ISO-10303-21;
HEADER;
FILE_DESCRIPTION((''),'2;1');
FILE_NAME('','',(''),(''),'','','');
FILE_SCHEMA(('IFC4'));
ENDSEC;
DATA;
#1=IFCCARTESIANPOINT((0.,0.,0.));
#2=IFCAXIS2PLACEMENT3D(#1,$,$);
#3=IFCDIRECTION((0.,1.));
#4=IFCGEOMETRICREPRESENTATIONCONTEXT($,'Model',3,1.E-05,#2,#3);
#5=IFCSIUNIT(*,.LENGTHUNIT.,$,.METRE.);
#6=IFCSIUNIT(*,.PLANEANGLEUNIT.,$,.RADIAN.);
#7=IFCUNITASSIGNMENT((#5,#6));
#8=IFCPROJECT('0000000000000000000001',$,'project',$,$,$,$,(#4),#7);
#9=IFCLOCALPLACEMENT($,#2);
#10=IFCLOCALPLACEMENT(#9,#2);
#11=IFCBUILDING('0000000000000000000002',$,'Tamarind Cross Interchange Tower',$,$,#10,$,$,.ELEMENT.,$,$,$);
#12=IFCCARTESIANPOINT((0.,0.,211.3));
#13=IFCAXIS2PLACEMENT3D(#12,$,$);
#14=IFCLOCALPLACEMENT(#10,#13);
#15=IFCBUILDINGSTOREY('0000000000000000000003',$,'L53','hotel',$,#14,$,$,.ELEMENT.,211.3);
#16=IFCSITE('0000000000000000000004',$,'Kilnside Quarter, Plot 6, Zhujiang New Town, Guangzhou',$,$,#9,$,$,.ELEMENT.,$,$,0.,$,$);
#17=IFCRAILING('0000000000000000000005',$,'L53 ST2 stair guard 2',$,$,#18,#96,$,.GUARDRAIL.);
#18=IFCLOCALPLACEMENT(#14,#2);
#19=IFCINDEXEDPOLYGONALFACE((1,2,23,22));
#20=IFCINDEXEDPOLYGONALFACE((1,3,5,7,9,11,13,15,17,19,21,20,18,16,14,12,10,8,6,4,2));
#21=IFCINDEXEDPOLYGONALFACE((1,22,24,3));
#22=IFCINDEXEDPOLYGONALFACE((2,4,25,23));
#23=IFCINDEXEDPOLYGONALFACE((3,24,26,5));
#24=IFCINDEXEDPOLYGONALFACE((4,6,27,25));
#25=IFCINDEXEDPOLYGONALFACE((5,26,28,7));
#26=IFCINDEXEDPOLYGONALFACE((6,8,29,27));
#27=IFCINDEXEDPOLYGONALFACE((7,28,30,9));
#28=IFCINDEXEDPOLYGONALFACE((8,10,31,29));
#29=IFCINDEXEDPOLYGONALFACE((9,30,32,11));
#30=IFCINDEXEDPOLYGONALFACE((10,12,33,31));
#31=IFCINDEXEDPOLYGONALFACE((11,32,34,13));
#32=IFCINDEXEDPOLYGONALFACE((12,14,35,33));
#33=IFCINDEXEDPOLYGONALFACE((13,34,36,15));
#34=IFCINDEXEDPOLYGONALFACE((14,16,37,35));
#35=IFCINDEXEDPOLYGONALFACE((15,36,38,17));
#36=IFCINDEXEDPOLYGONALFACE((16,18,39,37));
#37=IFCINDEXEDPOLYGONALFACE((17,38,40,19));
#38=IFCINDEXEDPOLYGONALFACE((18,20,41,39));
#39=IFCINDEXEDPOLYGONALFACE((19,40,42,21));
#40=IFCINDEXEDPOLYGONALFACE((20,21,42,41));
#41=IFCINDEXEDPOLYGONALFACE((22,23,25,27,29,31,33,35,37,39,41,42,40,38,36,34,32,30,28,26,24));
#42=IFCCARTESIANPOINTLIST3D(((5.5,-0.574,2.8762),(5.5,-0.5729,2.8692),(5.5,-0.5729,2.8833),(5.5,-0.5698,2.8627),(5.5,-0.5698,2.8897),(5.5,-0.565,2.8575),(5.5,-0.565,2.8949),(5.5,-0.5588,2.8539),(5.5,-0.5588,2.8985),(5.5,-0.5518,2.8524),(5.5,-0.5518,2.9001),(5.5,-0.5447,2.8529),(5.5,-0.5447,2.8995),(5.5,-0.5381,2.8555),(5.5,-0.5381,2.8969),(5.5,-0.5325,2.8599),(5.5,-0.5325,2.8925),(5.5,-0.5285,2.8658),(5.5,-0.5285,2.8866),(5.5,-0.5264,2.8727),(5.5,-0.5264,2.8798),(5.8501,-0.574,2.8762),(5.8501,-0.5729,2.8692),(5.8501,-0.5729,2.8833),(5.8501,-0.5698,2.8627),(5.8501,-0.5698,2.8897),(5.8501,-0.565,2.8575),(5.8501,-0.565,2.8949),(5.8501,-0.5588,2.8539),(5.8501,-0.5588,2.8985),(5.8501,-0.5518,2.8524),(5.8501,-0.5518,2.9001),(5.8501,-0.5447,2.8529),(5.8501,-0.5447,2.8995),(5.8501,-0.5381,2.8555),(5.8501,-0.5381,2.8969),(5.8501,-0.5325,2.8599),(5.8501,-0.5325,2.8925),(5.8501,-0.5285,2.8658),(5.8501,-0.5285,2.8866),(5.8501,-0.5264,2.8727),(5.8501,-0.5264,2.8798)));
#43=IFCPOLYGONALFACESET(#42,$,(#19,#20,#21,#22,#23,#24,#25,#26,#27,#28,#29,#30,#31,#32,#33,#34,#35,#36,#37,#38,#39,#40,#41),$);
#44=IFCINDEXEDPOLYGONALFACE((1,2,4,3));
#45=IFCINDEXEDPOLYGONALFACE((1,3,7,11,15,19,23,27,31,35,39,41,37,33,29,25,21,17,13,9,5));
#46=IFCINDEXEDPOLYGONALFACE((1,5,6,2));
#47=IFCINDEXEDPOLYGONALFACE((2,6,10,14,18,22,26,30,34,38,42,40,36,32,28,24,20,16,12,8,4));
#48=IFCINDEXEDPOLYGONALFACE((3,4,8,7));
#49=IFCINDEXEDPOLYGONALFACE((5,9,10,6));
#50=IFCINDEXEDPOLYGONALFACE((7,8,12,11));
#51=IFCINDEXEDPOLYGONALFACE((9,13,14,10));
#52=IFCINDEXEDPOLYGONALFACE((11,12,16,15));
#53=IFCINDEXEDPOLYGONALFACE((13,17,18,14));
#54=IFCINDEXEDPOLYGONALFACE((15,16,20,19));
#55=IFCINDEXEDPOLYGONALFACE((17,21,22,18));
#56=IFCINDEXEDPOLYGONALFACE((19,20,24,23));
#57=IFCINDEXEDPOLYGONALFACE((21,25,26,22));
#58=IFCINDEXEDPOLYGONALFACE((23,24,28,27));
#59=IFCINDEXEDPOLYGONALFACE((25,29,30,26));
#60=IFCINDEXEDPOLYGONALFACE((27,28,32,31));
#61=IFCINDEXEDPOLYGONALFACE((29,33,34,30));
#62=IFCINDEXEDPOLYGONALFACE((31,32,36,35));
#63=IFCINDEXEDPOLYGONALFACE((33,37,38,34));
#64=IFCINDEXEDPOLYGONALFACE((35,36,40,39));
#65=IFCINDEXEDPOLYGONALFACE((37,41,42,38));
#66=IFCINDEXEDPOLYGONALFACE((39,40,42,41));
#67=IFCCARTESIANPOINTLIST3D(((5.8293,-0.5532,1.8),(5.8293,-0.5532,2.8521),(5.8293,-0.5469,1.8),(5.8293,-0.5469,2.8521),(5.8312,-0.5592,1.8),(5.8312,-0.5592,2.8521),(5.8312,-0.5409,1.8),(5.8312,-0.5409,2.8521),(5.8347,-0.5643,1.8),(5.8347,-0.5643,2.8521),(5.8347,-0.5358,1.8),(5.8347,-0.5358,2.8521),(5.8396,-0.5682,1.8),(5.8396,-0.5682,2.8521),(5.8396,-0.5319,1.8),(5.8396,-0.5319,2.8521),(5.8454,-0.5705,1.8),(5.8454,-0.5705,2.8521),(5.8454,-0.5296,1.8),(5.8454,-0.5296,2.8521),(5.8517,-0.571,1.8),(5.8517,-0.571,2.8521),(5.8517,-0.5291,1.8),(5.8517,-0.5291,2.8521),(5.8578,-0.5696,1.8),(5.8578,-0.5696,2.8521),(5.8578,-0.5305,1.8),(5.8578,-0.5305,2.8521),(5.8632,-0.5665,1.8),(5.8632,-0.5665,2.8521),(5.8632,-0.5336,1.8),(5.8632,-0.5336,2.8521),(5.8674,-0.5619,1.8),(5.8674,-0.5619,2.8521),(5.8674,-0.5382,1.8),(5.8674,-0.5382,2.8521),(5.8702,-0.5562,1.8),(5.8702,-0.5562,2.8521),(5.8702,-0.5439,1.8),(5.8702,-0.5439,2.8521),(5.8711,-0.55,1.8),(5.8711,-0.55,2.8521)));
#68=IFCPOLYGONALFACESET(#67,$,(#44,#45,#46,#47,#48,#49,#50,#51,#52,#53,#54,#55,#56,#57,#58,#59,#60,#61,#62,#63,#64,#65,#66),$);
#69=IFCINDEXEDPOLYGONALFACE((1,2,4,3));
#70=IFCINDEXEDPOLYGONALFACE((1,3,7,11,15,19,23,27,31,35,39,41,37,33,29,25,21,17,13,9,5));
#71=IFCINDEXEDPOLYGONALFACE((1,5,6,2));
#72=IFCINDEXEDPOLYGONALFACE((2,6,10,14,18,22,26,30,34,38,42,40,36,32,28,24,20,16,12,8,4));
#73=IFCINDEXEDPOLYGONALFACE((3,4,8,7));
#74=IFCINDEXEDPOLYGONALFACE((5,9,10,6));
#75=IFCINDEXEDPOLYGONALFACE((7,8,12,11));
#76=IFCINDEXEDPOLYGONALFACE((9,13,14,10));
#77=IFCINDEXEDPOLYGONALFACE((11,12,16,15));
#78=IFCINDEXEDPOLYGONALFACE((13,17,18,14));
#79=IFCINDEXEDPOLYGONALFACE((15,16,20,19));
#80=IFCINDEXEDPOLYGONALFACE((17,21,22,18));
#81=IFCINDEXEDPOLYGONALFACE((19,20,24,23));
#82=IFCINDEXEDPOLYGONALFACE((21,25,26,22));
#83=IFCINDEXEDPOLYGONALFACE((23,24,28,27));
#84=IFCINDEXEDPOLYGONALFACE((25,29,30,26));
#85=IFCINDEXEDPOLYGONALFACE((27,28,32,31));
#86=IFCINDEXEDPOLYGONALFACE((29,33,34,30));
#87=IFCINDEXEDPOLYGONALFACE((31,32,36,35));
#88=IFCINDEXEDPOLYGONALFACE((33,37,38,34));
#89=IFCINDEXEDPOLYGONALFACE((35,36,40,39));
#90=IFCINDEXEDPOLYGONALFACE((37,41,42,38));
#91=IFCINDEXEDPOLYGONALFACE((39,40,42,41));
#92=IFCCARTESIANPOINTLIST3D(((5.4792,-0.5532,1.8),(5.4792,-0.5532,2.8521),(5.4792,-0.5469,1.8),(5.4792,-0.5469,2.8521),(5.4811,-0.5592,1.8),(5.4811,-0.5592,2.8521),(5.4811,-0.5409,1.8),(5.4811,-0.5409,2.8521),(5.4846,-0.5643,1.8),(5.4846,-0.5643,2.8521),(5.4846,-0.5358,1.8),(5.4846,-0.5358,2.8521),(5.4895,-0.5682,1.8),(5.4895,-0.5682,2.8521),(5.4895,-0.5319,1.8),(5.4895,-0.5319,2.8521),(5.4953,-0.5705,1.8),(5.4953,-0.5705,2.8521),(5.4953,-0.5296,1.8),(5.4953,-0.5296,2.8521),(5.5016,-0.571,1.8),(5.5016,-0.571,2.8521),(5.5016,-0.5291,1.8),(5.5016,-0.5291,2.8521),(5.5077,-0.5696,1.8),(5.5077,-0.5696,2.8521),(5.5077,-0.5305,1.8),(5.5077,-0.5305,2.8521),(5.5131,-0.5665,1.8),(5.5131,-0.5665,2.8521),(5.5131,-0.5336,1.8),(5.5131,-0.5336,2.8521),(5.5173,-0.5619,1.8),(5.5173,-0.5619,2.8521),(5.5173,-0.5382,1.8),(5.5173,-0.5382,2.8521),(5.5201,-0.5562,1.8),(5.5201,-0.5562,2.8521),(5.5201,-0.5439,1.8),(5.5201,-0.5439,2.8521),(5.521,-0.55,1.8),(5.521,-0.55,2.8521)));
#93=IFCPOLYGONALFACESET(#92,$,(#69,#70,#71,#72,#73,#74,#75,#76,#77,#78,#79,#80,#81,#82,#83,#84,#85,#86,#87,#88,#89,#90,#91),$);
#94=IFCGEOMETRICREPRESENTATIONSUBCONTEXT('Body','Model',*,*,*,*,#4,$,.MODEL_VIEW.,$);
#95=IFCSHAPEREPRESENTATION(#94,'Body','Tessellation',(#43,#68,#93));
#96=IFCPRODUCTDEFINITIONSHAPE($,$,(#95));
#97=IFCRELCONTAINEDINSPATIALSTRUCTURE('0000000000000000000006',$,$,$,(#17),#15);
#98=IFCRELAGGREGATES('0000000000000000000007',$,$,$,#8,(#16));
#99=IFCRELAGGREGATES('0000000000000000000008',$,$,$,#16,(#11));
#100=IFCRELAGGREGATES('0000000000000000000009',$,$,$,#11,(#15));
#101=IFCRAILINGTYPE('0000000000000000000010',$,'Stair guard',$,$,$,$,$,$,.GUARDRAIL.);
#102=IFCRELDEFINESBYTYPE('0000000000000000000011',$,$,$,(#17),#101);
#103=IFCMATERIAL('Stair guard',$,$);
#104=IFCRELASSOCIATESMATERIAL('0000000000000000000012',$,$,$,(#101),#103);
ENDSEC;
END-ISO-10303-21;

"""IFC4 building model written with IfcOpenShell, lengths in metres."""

from ifc_helpers import new_model, si_unit, direction, frame, origin, origin_2d, place, context, subcontext, project, spatial, circle, extrude, material, type_object, element, save


model = new_model("IFC4")

# Units and contexts
model_context = context("Model", 3, precision=1e-05, world=origin(), true_north=direction((0.0, 1.0)))
body_context = subcontext(model_context, "Body", "Model", "MODEL_VIEW")
ifc_project = project(units=[si_unit("LENGTHUNIT", "METRE"), si_unit("PLANEANGLEUNIT", "RADIAN")], contexts=[model_context])

# Site, building, storey
site_placement = place(None, origin())
site = spatial("IfcSite", under=ifc_project, at=site_placement, Name="Kilnside Quarter, Plot 6, Zhujiang New Town, Guangzhou", CompositionType="ELEMENT", RefElevation=0.0)
building_placement = place(site_placement, origin())
building = spatial("IfcBuilding", under=site, at=building_placement, Name="Tamarind Cross Interchange Tower", CompositionType="ELEMENT")
storey_placement = place(building_placement, frame((0.0, 0.0, 211.3)))
storey = spatial("IfcBuildingStorey", under=building, at=storey_placement, Name="L53", Description="hotel", CompositionType="ELEMENT", Elevation=211.3)

# Railing
ifc_material_1 = material(Name="Stair guard")
railing_type_1 = type_object("IfcRailingType", Name="Stair guard", PredefinedType="GUARDRAIL", material=ifc_material_1)
railing_1_placement = place(storey_placement, frame((5.8501, -0.55, 1.8)))
element("IfcRailing", 1, at=railing_1_placement, inside=storey, type_object=railing_type_1, Name="L53 ST2 stair guard 2", PredefinedType="GUARDRAIL", context=body_context, shape_type="SweptSolid", body=[
    extrude(circle(Radius=0.0239, at=origin_2d()), frame((0.0, 0.0, 1.0762), z_axis=(-1.0, 0.0, 0.0), x_axis=(0.0, -1.0, 0.0)), (0.0, 0.0, 1.0), 0.3501),
    extrude(circle(Radius=0.021, at=origin_2d()), origin(), (0.0, 0.0, 1.0), 1.052),
    extrude(circle(Radius=0.021, at=origin_2d()), frame((-0.3501, 0.0, 0.0)), (0.0, 0.0, 1.0), 1.052),
])

save(model, "model.ifc")
